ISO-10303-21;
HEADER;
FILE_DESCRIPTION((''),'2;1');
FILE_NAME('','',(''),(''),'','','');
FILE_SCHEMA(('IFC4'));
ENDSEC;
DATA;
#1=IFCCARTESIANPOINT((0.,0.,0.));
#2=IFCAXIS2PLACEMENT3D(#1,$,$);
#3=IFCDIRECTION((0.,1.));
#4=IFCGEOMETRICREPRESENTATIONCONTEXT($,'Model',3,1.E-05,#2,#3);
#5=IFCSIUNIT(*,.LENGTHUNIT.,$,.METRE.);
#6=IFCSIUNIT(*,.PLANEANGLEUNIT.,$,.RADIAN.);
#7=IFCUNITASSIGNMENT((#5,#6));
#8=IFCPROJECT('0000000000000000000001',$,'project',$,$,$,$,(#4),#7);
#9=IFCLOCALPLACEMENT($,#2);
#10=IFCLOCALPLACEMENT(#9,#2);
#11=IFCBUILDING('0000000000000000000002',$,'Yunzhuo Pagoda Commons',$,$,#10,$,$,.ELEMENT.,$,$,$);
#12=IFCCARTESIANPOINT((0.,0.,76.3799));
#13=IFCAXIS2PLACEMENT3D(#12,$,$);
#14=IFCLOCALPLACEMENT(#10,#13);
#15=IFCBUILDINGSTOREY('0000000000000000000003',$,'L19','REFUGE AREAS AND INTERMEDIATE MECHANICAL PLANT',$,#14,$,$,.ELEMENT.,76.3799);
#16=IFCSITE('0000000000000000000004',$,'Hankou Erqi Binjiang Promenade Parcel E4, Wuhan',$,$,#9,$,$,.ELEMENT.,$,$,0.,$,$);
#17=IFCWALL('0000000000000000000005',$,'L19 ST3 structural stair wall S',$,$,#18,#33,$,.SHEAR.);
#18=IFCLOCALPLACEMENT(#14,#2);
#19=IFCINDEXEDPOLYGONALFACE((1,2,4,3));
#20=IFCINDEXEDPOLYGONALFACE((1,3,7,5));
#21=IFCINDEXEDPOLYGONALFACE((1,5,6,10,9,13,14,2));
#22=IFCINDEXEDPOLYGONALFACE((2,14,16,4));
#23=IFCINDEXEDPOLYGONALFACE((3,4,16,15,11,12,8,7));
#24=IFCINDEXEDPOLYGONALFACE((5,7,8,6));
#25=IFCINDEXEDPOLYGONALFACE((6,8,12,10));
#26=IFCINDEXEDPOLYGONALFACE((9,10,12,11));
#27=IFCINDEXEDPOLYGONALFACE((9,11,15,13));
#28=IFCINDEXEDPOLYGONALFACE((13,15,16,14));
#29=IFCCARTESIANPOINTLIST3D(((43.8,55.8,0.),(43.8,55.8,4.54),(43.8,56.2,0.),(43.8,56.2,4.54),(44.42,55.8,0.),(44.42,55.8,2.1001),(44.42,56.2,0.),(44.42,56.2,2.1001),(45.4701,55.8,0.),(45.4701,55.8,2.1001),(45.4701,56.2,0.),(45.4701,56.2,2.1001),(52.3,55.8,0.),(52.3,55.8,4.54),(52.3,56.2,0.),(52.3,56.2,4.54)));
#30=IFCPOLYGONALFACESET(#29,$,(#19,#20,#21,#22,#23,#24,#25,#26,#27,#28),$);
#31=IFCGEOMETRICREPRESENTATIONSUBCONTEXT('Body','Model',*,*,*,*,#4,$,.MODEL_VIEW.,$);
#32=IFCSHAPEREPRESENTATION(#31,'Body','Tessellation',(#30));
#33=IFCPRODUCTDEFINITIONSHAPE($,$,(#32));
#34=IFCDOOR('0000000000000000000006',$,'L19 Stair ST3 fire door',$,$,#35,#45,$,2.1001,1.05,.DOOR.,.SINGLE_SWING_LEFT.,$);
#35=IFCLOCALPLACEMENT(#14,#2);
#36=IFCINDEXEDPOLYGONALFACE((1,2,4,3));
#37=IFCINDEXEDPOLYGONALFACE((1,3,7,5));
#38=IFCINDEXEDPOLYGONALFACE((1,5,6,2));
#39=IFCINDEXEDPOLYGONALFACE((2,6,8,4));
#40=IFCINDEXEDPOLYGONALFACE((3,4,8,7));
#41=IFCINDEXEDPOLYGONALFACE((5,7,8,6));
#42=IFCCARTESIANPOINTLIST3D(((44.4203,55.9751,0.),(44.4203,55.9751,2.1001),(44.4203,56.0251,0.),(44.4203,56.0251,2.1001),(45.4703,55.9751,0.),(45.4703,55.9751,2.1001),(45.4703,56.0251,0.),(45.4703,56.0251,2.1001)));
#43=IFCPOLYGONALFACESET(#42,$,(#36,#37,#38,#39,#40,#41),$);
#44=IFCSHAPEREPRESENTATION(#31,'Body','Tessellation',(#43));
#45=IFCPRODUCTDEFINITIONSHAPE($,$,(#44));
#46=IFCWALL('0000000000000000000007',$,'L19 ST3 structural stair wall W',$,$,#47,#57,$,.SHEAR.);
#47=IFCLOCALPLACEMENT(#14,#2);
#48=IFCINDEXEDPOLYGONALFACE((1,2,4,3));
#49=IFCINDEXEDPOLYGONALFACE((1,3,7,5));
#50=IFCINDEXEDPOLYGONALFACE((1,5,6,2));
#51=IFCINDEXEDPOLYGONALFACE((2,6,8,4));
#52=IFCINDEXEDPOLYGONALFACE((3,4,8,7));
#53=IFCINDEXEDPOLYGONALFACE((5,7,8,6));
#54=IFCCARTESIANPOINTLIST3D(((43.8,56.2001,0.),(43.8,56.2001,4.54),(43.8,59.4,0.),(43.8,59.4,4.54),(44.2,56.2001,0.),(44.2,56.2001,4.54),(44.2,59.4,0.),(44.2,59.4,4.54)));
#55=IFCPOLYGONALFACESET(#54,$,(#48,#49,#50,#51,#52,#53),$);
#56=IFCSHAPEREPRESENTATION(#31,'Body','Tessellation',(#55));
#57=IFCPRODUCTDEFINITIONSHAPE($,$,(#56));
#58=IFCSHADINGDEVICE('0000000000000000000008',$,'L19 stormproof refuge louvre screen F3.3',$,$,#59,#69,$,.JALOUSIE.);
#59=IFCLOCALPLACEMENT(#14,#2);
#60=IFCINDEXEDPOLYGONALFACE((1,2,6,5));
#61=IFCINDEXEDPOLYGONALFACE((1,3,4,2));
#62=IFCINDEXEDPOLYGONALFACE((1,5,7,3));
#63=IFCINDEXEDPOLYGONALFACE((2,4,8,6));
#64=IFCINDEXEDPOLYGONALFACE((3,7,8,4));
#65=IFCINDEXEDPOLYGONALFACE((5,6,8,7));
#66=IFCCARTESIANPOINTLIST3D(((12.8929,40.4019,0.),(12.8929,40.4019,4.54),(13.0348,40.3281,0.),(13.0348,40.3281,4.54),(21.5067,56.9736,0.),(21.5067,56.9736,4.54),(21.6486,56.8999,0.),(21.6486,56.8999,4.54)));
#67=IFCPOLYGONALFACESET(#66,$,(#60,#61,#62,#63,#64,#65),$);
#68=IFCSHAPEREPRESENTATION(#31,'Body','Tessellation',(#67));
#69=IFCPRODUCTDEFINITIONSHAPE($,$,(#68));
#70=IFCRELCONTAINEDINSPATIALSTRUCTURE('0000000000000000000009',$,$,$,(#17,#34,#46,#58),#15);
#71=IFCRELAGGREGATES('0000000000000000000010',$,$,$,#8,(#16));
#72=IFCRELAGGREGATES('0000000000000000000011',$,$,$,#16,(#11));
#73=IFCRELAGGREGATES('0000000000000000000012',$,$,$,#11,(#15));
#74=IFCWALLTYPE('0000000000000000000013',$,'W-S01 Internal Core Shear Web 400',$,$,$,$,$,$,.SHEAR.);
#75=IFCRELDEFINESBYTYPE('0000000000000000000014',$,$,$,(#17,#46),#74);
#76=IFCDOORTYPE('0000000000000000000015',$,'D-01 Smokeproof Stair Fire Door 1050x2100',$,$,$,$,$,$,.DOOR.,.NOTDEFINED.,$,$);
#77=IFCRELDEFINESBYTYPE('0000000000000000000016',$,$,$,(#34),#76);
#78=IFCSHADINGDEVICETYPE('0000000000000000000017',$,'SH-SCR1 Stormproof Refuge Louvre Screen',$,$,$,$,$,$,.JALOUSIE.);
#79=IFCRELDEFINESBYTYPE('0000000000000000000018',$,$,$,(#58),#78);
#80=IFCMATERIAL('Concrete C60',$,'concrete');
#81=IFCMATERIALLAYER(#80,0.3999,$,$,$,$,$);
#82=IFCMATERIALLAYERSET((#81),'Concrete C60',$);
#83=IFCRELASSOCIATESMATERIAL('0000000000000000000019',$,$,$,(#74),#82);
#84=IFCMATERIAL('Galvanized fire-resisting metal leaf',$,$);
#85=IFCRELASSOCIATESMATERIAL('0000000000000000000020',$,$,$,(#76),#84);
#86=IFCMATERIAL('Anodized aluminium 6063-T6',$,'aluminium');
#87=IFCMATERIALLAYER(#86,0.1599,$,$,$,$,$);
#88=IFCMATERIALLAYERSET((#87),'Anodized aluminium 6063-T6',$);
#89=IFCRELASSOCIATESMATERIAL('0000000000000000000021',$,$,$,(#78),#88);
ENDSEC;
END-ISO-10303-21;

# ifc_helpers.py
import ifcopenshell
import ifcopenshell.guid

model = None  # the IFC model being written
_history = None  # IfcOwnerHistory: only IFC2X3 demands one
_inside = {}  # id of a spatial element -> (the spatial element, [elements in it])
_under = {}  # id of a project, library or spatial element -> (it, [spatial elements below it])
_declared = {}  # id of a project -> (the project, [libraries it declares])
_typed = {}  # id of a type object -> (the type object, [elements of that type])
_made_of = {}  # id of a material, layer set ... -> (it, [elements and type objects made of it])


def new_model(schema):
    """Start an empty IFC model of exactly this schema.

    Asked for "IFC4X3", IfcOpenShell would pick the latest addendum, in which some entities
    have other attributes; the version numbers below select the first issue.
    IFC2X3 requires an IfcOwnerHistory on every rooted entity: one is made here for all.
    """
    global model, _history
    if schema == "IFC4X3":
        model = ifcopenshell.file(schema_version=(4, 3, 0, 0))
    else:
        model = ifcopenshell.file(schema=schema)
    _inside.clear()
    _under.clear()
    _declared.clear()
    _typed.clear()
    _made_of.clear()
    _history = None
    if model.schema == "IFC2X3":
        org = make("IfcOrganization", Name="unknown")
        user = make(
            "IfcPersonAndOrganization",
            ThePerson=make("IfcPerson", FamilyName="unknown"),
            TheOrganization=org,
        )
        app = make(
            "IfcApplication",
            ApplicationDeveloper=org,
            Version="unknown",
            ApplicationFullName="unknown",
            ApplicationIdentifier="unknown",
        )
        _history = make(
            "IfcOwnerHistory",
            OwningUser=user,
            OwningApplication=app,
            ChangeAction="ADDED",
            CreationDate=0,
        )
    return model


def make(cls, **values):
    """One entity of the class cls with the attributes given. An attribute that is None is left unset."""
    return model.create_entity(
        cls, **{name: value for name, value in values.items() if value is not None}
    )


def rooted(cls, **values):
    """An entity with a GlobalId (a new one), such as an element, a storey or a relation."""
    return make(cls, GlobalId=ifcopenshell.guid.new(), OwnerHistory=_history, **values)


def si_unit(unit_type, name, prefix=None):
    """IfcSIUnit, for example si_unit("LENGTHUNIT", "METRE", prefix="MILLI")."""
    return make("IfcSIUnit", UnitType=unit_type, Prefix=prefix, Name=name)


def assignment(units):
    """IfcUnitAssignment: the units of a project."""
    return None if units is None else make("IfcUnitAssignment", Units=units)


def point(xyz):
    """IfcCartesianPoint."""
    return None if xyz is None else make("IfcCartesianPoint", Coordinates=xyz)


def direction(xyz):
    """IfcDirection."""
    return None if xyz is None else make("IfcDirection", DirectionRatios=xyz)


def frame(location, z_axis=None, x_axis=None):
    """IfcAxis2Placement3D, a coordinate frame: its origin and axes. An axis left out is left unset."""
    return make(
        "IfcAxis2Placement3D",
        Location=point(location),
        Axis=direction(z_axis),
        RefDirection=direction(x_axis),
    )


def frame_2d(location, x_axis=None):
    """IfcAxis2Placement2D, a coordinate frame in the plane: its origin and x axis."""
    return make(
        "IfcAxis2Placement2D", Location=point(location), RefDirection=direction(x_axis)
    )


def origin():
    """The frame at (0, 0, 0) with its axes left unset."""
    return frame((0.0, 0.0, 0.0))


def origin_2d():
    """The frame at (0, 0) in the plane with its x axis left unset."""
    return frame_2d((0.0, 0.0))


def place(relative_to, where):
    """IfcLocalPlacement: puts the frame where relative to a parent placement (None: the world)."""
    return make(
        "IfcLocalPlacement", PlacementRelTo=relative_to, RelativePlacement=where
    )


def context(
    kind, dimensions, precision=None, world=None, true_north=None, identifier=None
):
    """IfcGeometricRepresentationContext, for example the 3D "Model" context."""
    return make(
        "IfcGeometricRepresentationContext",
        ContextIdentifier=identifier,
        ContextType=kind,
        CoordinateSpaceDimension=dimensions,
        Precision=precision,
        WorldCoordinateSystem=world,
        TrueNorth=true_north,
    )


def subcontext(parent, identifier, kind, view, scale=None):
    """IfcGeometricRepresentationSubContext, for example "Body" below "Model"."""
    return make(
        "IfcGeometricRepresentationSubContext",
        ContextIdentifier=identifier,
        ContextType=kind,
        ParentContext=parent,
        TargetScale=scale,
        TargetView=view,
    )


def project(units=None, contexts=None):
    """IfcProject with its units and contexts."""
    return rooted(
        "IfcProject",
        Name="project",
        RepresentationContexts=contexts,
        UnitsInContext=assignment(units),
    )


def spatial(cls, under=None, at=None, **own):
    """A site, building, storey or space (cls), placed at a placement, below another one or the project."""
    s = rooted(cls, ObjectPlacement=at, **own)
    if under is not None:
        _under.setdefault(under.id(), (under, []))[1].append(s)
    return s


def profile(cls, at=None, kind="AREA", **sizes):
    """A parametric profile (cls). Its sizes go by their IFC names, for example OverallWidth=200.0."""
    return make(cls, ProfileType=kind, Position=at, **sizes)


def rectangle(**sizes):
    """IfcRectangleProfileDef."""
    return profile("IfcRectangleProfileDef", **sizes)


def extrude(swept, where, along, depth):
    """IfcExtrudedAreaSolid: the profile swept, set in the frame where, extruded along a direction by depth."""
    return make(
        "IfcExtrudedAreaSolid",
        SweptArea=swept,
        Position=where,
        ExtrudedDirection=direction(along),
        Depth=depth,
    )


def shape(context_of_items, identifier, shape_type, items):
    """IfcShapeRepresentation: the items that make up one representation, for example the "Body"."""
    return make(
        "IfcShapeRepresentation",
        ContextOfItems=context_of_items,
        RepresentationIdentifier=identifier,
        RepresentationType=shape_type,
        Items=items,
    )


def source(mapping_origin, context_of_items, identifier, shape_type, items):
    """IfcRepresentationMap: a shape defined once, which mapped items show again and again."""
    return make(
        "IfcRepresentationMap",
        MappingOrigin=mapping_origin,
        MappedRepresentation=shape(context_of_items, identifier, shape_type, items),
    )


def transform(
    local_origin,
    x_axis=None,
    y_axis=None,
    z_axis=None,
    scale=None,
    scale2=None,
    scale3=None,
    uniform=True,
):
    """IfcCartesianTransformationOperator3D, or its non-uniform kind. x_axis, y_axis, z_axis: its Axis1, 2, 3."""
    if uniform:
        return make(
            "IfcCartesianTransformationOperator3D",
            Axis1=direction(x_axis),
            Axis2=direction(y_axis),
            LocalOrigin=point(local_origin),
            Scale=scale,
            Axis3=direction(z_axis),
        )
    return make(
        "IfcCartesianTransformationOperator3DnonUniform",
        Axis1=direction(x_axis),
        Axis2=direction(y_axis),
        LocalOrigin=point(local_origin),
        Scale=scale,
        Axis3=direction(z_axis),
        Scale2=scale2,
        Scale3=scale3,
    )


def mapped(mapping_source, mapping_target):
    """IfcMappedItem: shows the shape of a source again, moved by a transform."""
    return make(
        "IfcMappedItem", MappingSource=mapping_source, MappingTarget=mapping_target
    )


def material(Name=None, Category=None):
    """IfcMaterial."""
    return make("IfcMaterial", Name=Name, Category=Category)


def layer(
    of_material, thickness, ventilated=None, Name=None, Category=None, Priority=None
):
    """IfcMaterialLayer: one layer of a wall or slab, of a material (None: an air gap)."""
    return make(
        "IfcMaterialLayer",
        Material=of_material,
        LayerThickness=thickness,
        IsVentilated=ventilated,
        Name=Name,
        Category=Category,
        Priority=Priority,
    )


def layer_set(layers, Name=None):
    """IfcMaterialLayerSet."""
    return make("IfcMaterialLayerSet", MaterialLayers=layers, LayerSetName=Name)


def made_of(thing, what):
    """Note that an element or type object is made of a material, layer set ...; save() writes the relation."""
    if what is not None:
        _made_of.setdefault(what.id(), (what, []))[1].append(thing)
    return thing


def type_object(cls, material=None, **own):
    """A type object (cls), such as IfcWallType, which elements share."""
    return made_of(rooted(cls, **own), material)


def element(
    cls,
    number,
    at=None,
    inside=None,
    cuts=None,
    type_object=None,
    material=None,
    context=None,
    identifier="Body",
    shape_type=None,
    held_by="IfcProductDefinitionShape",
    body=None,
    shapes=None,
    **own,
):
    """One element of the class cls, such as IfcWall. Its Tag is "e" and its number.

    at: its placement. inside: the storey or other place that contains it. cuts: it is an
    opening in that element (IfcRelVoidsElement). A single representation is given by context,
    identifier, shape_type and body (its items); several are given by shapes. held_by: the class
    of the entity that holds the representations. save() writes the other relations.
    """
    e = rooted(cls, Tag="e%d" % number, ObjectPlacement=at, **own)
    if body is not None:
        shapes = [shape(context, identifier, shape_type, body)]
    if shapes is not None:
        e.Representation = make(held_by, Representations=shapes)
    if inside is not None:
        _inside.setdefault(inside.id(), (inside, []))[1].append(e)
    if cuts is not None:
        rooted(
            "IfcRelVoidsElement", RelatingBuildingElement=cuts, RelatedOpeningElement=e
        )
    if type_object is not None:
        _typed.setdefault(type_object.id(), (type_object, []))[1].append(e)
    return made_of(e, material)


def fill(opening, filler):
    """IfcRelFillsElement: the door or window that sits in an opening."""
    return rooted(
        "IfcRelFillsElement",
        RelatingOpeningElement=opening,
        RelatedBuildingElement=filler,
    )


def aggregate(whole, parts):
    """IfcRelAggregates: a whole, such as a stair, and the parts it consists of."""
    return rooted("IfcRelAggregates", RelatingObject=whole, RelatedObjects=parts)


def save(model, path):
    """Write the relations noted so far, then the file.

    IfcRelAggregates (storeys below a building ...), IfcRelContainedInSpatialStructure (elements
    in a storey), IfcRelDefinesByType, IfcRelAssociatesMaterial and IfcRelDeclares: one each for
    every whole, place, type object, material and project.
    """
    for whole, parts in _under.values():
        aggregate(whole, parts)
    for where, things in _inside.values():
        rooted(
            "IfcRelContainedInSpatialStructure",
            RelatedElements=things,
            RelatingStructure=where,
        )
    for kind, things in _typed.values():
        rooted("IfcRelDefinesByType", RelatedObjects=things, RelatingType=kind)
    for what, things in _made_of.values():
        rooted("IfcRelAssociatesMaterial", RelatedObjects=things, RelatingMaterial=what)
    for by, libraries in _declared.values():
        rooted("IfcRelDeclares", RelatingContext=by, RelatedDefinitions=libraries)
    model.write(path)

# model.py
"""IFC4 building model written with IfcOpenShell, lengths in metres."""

from ifc_helpers import new_model, si_unit, direction, frame, frame_2d, origin, origin_2d, place, context, subcontext, project, spatial, rectangle, extrude, source, transform, mapped, material, layer, layer_set, type_object, element, fill, save


model = new_model("IFC4")

# Units and contexts
model_context = context("Model", 3, precision=1e-05, world=origin(), true_north=direction((0.0, 1.0)))
body_context = subcontext(model_context, "Body", "Model", "MODEL_VIEW")
ifc_project = project(units=[si_unit("LENGTHUNIT", "METRE"), si_unit("PLANEANGLEUNIT", "RADIAN")], contexts=[model_context])

# Site, building, storey
site_placement = place(None, origin())
site = spatial("IfcSite", under=ifc_project, at=site_placement, Name="Hankou Erqi Binjiang Promenade Parcel E4, Wuhan", CompositionType="ELEMENT", RefElevation=0.0)
building_placement = place(site_placement, origin())
building = spatial("IfcBuilding", under=site, at=building_placement, Name="Yunzhuo Pagoda Commons", CompositionType="ELEMENT")
storey_placement = place(building_placement, frame((0.0, 0.0, 76.3799)))
storey = spatial("IfcBuildingStorey", under=building, at=storey_placement, Name="L19", Description="REFUGE AREAS AND INTERMEDIATE MECHANICAL PLANT", CompositionType="ELEMENT", Elevation=76.3799)

# Wall, opening, door
ifc_material_1 = material(Name="Concrete C60", Category="concrete")
ifc_layer_1 = layer(ifc_material_1, 0.3999)
ifc_layer_set_1 = layer_set([ifc_layer_1], Name="Concrete C60")
wall_type = type_object("IfcWallType", Name="W-S01 Internal Core Shear Web 400", PredefinedType="SHEAR", material=ifc_layer_set_1)
wall_1_placement = place(storey_placement, frame((43.8, 56.0, 0.0), z_axis=(0.0, 0.0, 1.0), x_axis=(1.0, 0.0, 0.0)))
wall_1 = element("IfcWall", 1, at=wall_1_placement, inside=storey, type_object=wall_type, Name="L19 ST3 structural stair wall S", PredefinedType="SHEAR", context=body_context, shape_type="SweptSolid", body=[
    extrude(rectangle(XDim=8.5, YDim=0.3999, at=frame_2d((4.25, 0.0))), origin(), (0.0, 0.0, 1.0), 4.54),
])
opening_placement = place(wall_1_placement, frame((0.6201, 0.0, 0.0)))
opening = element("IfcOpeningElement", 2, at=opening_placement, cuts=wall_1, PredefinedType="OPENING", context=body_context, shape_type="SweptSolid", body=[
    extrude(rectangle(XDim=1.05, YDim=2.1001, at=frame_2d((0.5249, 1.05))), frame((0.0, 0.21, 0.0), z_axis=(0.0, -1.0, 0.0), x_axis=(1.0, 0.0, 0.0)), (0.0, 0.0, 1.0), 0.4199),
])
ifc_material_2 = material(Name="Galvanized fire-resisting metal leaf")
door_type = type_object("IfcDoorType", Name="D-01 Smokeproof Stair Fire Door 1050x2100", OperationType="NOTDEFINED", PredefinedType="DOOR", material=ifc_material_2)
shared_shape_1 = source(origin(), body_context, "Body", "SweptSolid", [
    extrude(rectangle(XDim=1.05, YDim=2.1001, at=frame_2d((0.5249, 1.05))), frame((0.0, 0.0249, 0.0), z_axis=(0.0, -1.0, 0.0), x_axis=(1.0, 0.0, 0.0)), (0.0, 0.0, 1.0), 0.05),
])
door_placement = place(opening_placement, frame((1.05, 0.0, 0.0), z_axis=(0.0, 0.0, 1.0), x_axis=(-1.0, 0.0, 0.0)))
door = element("IfcDoor", 3, at=door_placement, inside=storey, type_object=door_type, Name="L19 Stair ST3 fire door", OperationType="SINGLE_SWING_LEFT", OverallHeight=2.1001, OverallWidth=1.05, PredefinedType="DOOR", context=body_context, shape_type="MappedRepresentation", body=[
    mapped(shared_shape_1, transform((0.0, 0.0, 0.0), scale=1.0)),
])
fill(opening, door)

# Wall
wall_2_placement = place(storey_placement, frame((44.0, 56.2, 0.0), z_axis=(0.0, 0.0, 1.0), x_axis=(0.0, 1.0, 0.0)))
element("IfcWall", 4, at=wall_2_placement, inside=storey, type_object=wall_type, Name="L19 ST3 structural stair wall W", PredefinedType="SHEAR", context=body_context, shape_type="SweptSolid", body=[
    extrude(rectangle(XDim=3.2, YDim=0.3999, at=frame_2d((1.6001, 0.0))), origin(), (0.0, 0.0, 1.0), 4.54),
])

# Shading device
ifc_material_3 = material(Name="Anodized aluminium 6063-T6", Category="aluminium")
ifc_layer_2 = layer(ifc_material_3, 0.1599)
ifc_layer_set_2 = layer_set([ifc_layer_2], Name="Anodized aluminium 6063-T6")
shading_device_type = type_object("IfcShadingDeviceType", Name="SH-SCR1 Stormproof Refuge Louvre Screen", PredefinedType="JALOUSIE", material=ifc_layer_set_2)
shared_shape_2 = source(origin(), body_context, "Body", "SweptSolid", [
    extrude(rectangle(XDim=18.6768, YDim=0.1599, at=origin_2d()), origin(), (0.0, 0.0, 1.0), 4.54),
])
shading_device_placement = place(storey_placement, frame((17.2708, 48.6509, 0.0), z_axis=(0.0, 0.0, 1.0), x_axis=(-0.461207, -0.887293, 0.0)))
element("IfcShadingDevice", 5, at=shading_device_placement, inside=storey, type_object=shading_device_type, Name="L19 stormproof refuge louvre screen F3.3", PredefinedType="JALOUSIE", context=body_context, shape_type="MappedRepresentation", body=[
    mapped(shared_shape_2, transform((0.0, 0.0, 0.0), scale=1.0)),
])

save(model, "model.ifc")
